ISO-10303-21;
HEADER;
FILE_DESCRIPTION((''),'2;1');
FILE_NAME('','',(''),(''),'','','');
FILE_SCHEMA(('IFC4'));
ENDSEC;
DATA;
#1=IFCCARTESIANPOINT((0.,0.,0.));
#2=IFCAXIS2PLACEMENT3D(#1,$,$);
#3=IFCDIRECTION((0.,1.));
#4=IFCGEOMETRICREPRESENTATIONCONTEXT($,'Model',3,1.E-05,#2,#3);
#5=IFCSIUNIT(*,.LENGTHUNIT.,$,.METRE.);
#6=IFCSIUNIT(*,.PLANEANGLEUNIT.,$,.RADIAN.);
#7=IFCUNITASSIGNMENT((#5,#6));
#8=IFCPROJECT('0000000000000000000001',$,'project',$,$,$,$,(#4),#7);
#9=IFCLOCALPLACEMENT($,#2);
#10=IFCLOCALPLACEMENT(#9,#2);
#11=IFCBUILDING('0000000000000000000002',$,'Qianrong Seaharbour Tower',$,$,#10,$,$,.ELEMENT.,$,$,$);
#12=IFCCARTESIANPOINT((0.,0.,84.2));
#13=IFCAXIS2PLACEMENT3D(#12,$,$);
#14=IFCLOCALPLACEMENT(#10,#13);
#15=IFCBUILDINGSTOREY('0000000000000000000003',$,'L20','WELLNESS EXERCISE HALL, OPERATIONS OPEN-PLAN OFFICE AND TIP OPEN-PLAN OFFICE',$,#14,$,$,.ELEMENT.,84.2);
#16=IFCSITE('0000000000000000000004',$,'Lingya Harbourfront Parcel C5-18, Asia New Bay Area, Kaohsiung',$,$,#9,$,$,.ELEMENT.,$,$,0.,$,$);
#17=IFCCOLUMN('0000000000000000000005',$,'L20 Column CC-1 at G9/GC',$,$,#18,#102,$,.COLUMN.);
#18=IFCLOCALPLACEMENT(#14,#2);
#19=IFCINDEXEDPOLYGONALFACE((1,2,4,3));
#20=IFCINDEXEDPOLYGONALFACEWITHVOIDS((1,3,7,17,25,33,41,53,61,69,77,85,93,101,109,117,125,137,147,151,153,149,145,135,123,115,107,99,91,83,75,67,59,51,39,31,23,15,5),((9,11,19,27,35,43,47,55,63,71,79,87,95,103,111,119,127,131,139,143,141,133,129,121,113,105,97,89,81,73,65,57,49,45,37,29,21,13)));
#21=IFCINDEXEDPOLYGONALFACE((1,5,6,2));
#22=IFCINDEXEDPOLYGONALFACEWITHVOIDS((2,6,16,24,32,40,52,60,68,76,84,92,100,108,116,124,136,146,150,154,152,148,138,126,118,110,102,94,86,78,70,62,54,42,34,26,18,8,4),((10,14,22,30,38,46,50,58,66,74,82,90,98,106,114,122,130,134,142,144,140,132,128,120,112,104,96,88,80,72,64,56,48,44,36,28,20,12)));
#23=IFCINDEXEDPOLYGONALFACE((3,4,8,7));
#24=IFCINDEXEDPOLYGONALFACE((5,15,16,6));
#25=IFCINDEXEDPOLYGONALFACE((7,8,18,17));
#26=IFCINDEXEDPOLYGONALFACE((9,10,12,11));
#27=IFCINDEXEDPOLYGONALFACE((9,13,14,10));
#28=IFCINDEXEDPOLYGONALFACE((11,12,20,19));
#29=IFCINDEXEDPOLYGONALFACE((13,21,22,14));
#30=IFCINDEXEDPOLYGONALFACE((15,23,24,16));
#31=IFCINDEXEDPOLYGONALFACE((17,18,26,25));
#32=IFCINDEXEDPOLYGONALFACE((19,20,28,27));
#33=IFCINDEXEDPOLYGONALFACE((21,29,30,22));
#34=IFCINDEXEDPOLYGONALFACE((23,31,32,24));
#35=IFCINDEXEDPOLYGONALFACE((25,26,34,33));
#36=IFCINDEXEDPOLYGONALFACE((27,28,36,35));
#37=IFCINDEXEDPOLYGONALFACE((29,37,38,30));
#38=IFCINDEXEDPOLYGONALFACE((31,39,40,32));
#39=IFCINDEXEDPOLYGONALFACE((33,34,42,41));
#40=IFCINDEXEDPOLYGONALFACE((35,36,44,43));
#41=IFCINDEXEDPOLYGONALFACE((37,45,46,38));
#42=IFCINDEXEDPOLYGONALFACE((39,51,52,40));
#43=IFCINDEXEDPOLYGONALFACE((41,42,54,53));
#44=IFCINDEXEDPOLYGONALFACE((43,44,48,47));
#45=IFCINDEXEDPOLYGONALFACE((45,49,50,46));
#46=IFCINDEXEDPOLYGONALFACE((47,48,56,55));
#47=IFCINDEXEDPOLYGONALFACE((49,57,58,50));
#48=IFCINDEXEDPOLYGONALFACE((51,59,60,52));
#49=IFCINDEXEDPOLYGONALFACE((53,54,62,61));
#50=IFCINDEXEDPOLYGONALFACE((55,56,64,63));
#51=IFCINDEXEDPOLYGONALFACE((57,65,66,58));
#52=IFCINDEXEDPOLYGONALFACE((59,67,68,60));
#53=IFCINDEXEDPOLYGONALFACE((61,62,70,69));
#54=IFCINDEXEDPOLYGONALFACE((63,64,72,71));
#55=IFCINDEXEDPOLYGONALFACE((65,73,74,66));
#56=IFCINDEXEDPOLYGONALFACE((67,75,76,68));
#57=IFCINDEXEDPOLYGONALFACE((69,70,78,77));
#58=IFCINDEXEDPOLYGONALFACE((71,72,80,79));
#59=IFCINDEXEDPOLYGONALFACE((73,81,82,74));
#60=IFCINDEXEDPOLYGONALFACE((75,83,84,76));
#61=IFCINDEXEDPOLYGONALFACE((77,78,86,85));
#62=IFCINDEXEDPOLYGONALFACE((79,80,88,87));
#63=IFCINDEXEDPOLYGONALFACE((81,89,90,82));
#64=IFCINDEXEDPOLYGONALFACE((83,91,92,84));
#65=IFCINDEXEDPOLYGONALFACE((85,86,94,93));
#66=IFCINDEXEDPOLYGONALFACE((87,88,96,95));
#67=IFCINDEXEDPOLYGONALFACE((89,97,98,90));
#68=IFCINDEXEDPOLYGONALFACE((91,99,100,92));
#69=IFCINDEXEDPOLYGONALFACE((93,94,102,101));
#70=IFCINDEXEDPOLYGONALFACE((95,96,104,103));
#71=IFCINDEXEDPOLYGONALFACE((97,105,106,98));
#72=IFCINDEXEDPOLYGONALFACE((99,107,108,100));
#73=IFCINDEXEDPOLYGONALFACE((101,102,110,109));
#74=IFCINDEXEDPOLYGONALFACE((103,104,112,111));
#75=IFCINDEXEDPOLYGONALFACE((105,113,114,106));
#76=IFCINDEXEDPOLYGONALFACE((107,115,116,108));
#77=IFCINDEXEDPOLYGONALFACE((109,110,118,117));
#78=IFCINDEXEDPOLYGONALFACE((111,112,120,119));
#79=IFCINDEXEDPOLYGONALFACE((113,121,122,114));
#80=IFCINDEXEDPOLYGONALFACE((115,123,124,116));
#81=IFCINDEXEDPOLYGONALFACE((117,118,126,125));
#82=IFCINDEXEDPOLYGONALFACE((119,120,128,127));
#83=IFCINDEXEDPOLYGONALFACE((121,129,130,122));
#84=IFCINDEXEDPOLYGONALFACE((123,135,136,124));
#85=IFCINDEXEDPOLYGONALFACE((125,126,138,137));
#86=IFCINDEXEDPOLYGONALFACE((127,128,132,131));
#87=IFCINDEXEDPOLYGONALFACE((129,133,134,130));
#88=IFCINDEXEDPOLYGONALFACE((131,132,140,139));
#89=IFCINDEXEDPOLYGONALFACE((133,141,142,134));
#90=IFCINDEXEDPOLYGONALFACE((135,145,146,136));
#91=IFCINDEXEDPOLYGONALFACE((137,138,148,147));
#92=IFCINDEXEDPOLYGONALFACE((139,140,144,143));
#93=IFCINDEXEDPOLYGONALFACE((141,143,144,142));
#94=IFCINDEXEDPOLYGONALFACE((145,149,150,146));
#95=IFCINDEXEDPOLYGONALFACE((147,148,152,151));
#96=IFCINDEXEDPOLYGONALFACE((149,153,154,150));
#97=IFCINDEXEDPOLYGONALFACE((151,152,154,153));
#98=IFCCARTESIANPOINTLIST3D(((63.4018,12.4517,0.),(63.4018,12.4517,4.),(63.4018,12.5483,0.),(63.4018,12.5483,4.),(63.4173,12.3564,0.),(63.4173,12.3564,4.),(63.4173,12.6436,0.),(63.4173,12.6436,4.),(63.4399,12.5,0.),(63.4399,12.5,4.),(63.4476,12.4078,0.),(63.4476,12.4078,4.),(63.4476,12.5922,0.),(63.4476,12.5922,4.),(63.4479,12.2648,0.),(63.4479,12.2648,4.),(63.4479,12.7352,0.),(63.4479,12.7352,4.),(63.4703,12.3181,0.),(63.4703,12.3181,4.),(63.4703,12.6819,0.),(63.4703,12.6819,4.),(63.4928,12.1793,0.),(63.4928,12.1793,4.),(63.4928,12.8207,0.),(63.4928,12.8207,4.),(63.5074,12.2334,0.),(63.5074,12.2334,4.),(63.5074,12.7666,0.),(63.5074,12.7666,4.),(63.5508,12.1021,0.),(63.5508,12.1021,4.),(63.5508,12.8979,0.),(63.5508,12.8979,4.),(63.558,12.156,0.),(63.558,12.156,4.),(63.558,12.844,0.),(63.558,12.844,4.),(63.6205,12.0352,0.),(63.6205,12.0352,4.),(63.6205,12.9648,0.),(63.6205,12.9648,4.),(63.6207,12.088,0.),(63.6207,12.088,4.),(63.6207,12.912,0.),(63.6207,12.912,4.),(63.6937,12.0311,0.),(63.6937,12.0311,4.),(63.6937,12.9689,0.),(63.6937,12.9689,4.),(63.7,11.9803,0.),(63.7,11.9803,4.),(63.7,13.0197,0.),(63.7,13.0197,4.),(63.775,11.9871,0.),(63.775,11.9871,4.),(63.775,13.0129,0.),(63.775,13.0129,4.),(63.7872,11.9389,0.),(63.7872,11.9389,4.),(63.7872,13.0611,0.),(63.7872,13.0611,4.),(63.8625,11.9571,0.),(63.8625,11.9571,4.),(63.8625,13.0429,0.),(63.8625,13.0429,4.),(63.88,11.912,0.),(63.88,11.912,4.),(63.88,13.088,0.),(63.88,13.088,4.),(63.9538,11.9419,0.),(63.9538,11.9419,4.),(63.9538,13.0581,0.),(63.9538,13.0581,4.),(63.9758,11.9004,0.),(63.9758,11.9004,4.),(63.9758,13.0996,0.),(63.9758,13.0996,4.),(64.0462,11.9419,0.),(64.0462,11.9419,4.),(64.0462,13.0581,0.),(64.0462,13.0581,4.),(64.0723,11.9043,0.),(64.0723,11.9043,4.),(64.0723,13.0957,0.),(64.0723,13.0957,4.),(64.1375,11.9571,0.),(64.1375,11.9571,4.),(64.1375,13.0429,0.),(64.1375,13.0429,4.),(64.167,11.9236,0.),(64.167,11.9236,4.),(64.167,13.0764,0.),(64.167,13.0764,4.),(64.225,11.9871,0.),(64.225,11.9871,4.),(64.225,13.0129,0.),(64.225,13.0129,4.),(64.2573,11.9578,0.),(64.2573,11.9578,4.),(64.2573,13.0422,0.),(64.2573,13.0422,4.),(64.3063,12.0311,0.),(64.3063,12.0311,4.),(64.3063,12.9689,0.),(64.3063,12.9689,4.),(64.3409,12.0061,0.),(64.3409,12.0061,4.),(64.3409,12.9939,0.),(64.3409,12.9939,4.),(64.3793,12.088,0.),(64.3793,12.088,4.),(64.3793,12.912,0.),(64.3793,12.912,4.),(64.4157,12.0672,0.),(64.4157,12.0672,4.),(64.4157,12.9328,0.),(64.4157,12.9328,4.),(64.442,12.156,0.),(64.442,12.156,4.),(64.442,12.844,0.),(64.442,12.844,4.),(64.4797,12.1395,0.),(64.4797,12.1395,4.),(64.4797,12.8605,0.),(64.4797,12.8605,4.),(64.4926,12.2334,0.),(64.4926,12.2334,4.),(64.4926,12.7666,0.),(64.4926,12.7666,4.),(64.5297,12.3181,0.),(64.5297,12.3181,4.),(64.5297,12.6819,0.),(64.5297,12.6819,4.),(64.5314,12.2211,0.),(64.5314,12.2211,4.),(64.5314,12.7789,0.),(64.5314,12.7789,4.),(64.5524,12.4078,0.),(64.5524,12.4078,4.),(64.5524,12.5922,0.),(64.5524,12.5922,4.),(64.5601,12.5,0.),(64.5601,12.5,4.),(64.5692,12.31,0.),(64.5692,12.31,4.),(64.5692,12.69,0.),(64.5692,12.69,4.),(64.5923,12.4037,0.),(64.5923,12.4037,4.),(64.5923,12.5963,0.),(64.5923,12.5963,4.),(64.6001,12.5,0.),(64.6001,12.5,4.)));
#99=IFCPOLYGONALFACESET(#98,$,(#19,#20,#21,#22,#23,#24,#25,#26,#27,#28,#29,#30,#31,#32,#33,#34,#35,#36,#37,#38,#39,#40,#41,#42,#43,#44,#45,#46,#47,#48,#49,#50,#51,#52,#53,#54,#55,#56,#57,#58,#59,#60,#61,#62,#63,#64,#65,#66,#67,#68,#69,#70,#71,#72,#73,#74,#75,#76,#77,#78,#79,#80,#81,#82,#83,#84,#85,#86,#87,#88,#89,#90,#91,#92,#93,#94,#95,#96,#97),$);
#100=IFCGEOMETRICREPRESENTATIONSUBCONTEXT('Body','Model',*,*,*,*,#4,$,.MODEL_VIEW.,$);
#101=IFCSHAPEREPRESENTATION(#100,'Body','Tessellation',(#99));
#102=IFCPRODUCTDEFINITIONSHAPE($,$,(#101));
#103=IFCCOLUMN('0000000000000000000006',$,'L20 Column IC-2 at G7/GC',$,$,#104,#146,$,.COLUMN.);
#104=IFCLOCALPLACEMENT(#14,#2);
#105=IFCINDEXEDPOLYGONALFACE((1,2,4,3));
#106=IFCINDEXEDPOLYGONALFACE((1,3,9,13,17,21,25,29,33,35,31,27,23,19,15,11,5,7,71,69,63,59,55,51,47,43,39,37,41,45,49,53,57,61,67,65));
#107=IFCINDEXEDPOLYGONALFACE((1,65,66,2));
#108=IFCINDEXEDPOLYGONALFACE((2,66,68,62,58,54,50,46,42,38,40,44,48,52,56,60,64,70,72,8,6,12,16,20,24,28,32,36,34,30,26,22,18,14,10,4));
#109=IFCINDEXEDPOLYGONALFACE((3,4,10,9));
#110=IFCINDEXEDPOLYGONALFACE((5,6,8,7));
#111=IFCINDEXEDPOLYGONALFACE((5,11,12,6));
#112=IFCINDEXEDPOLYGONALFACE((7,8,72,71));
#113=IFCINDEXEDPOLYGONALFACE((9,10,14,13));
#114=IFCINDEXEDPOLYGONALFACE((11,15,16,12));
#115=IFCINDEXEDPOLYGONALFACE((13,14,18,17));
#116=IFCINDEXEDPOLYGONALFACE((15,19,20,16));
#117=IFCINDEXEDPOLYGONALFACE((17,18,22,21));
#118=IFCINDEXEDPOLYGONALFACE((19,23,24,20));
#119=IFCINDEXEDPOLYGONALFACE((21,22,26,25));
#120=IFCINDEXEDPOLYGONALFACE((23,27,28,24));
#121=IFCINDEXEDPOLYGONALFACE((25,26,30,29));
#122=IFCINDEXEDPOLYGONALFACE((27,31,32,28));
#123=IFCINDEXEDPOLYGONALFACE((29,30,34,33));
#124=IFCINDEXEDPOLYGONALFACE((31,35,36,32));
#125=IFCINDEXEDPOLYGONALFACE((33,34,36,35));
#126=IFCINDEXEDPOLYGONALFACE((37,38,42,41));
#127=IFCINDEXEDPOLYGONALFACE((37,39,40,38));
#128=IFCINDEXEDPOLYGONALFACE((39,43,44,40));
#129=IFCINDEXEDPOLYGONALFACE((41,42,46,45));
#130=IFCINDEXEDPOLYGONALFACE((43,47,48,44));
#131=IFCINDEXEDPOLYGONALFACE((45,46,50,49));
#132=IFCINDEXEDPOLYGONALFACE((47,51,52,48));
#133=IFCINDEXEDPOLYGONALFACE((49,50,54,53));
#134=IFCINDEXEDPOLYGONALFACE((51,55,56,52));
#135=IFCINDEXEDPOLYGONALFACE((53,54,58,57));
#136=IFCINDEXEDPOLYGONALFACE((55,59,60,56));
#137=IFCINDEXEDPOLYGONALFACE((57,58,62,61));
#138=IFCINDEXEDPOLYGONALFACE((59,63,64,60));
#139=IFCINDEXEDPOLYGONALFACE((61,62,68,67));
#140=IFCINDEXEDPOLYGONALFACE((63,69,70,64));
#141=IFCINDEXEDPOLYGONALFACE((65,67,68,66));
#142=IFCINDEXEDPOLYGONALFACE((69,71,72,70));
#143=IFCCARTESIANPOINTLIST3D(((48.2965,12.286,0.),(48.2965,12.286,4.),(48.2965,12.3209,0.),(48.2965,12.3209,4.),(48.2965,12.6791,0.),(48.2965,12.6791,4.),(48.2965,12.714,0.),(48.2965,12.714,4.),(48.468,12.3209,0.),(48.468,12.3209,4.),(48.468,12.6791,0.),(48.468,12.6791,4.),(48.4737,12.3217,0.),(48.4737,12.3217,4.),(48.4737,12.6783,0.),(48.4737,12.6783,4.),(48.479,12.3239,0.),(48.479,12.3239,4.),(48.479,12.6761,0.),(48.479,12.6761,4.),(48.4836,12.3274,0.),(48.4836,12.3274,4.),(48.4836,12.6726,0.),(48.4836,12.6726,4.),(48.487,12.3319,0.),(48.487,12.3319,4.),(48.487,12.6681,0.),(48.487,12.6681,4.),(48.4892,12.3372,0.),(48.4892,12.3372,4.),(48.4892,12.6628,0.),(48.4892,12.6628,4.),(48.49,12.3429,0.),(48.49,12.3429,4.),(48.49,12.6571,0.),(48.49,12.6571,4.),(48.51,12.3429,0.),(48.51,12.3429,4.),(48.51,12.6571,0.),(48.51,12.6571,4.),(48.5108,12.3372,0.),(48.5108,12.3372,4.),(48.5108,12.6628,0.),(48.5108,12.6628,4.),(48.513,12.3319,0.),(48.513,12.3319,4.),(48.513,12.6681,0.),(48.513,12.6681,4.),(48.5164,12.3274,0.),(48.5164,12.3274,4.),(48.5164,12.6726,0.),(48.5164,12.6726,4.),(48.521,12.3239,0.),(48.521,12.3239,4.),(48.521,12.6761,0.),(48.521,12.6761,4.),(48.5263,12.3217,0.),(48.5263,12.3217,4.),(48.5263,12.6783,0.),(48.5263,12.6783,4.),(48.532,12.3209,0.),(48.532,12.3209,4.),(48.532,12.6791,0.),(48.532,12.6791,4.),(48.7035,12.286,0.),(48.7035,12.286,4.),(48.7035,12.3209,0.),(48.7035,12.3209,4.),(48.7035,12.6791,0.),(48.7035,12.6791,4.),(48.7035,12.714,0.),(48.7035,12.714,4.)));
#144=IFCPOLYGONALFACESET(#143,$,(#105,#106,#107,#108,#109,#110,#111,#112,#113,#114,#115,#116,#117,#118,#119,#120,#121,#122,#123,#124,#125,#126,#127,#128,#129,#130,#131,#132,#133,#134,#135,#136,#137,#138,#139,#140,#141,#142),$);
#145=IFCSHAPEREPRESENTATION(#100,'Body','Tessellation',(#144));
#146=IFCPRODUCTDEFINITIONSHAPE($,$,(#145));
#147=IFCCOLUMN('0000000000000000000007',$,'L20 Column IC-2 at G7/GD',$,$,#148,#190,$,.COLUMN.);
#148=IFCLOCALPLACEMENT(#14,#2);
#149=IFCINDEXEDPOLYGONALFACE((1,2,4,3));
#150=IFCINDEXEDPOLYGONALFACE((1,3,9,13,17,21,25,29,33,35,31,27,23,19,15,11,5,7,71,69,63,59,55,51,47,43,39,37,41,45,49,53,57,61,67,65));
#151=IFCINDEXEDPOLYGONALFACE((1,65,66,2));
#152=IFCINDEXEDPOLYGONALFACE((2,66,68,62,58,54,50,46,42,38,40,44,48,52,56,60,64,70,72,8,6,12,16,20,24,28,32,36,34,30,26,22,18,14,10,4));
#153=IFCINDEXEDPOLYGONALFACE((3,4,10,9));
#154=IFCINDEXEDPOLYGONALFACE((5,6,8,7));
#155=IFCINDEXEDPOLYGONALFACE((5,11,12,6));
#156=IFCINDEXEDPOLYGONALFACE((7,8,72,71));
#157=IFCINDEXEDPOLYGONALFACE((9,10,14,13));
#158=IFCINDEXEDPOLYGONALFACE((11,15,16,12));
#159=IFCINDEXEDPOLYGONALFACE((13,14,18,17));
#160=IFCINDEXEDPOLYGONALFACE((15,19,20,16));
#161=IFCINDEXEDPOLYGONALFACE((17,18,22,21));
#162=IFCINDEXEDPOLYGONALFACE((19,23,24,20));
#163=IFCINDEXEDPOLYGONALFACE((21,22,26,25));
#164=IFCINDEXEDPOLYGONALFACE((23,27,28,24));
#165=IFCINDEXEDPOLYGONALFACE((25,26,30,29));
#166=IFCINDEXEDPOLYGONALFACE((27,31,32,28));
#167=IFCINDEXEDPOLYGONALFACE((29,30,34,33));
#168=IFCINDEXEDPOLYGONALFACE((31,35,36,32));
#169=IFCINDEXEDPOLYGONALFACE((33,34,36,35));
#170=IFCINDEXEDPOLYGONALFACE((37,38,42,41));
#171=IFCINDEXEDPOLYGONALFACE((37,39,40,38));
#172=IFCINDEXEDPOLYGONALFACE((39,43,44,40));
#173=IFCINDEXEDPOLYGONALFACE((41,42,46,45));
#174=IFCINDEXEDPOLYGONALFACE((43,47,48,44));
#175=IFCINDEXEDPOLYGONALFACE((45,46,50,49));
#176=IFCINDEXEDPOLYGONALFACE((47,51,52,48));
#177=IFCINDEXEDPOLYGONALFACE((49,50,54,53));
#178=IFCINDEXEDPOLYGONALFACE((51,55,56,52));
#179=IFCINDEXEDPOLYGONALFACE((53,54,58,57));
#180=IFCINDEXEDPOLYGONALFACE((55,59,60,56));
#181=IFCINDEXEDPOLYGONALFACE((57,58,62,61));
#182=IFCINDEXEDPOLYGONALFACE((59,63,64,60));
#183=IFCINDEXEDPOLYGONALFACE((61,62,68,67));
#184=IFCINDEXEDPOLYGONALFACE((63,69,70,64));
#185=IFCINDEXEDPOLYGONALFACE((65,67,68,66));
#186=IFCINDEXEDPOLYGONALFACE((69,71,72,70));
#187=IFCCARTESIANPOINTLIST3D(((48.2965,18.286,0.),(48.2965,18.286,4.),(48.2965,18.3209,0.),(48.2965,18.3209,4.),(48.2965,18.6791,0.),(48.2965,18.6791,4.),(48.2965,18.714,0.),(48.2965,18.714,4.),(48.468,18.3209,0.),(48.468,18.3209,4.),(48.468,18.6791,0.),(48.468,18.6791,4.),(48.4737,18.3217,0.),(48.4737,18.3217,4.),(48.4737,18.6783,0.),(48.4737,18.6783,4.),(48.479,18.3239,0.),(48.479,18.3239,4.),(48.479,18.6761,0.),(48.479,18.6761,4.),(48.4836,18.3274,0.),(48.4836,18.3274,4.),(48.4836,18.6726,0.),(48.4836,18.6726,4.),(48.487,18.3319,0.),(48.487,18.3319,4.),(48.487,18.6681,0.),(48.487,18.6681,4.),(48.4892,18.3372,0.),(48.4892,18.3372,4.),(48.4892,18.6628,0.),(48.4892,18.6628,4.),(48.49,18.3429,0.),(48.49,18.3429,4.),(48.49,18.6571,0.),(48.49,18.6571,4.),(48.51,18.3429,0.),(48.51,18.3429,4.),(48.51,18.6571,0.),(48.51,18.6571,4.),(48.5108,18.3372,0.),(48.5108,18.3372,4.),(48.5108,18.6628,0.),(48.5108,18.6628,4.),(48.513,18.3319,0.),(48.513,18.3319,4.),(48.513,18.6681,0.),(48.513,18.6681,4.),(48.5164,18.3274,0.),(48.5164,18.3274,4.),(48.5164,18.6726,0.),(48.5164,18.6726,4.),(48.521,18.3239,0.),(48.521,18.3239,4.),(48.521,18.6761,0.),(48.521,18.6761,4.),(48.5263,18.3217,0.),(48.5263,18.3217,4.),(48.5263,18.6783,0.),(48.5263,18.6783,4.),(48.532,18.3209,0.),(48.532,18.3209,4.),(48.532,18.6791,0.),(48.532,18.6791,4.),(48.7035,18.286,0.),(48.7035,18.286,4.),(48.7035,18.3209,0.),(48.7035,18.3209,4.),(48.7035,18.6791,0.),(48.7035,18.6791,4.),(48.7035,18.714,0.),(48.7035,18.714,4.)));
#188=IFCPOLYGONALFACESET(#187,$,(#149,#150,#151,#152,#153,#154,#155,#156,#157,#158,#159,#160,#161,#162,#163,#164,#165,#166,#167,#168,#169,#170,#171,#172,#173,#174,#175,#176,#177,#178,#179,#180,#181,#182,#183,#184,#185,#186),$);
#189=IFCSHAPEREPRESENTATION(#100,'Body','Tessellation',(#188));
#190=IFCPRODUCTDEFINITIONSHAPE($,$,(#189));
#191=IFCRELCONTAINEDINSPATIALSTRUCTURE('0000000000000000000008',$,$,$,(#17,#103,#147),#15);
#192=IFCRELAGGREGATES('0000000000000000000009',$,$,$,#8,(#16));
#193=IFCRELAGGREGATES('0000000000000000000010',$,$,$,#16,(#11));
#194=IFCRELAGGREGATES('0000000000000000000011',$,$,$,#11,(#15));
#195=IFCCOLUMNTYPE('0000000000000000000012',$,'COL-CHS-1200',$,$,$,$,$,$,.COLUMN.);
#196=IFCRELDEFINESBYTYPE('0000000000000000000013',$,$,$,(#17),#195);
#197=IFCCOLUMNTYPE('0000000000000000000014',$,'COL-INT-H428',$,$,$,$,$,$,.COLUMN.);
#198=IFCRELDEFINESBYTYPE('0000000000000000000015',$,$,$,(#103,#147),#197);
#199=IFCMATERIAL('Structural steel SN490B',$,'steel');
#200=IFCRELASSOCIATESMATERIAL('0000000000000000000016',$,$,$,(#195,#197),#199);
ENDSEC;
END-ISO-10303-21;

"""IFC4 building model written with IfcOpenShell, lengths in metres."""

from ifc_helpers import new_model, si_unit, direction, frame, origin, origin_2d, place, context, subcontext, project, spatial, hollow_circle, i_section, extrude, material, material_profile, profile_set, type_object, element, save


model = new_model("IFC4")

# Units and contexts
model_context = context("Model", 3, precision=1e-05, world=origin(), true_north=direction((0.0, 1.0)))
body_context = subcontext(model_context, "Body", "Model", "MODEL_VIEW")
ifc_project = project(units=[si_unit("LENGTHUNIT", "METRE"), si_unit("PLANEANGLEUNIT", "RADIAN")], contexts=[model_context])

# Site, building, storey
site_placement = place(None, origin())
site = spatial("IfcSite", under=ifc_project, at=site_placement, Name="Lingya Harbourfront Parcel C5-18, Asia New Bay Area, Kaohsiung", CompositionType="ELEMENT", RefElevation=0.0)
building_placement = place(site_placement, origin())
building = spatial("IfcBuilding", under=site, at=building_placement, Name="Qianrong Seaharbour Tower", CompositionType="ELEMENT")
storey_placement = place(building_placement, frame((0.0, 0.0, 84.2)))
storey = spatial("IfcBuildingStorey", under=building, at=storey_placement, Name="L20", Description="WELLNESS EXERCISE HALL, OPERATIONS OPEN-PLAN OFFICE AND TIP OPEN-PLAN OFFICE", CompositionType="ELEMENT", Elevation=84.2)

# Columns
ifc_material_1 = material(Name="Structural steel SN490B", Category="steel")
ifc_material_profile_1 = material_profile(ifc_material_1, hollow_circle(Radius=0.6001, WallThickness=0.04, at=origin_2d()), Name="CHS1200x40")
ifc_profile_set_1 = profile_set([ifc_material_profile_1], Name="Structural steel SN490B")
column_type_1 = type_object("IfcColumnType", Name="COL-CHS-1200", PredefinedType="COLUMN", material=ifc_profile_set_1)
column_placement = place(storey_placement, frame((64.0, 12.5, 0.0), z_axis=(0.0, 0.0, 1.0), x_axis=(1.0, 0.0, 0.0)))
element("IfcColumn", 1, at=column_placement, inside=storey, type_object=column_type_1, Name="L20 Column CC-1 at G9/GC", PredefinedType="COLUMN", context=body_context, shape_type="SweptSolid", body=[
    extrude(hollow_circle(Radius=0.6001, WallThickness=0.04, at=origin_2d()), origin(), (0.0, 0.0, 1.0), 4.0),
])
ifc_material_profile_2 = material_profile(ifc_material_1, i_section(OverallWidth=0.407, OverallDepth=0.428, WebThickness=0.02, FlangeThickness=0.0349, FilletRadius=0.022, at=origin_2d()), Name="H428x407x20x35")
ifc_profile_set_2 = profile_set([ifc_material_profile_2], Name="Structural steel SN490B")
column_type_2 = type_object("IfcColumnType", Name="COL-INT-H428", PredefinedType="COLUMN", material=ifc_profile_set_2)
for number, where, z_axis, x_axis, name in (
    (2, (48.5, 12.5, 0.0), (0.0, 0.0, 1.0), (1.0, 0.0, 0.0), "L20 Column IC-2 at G7/GC"),
    (3, (48.5, 18.5, 0.0), (0.0, 0.0, 1.0), (1.0, 0.0, 0.0), "L20 Column IC-2 at G7/GD"),
):
    element("IfcColumn", number, at=place(storey_placement, frame(where, z_axis=z_axis, x_axis=x_axis)), inside=storey, type_object=column_type_2, Name=name, PredefinedType="COLUMN", context=body_context, shape_type="SweptSolid", body=[
        extrude(i_section(OverallWidth=0.407, OverallDepth=0.428, WebThickness=0.02, FlangeThickness=0.0349, FilletRadius=0.022, at=origin_2d()), origin(), (0.0, 0.0, 1.0), 4.0),
    ])

save(model, "model.ifc")
